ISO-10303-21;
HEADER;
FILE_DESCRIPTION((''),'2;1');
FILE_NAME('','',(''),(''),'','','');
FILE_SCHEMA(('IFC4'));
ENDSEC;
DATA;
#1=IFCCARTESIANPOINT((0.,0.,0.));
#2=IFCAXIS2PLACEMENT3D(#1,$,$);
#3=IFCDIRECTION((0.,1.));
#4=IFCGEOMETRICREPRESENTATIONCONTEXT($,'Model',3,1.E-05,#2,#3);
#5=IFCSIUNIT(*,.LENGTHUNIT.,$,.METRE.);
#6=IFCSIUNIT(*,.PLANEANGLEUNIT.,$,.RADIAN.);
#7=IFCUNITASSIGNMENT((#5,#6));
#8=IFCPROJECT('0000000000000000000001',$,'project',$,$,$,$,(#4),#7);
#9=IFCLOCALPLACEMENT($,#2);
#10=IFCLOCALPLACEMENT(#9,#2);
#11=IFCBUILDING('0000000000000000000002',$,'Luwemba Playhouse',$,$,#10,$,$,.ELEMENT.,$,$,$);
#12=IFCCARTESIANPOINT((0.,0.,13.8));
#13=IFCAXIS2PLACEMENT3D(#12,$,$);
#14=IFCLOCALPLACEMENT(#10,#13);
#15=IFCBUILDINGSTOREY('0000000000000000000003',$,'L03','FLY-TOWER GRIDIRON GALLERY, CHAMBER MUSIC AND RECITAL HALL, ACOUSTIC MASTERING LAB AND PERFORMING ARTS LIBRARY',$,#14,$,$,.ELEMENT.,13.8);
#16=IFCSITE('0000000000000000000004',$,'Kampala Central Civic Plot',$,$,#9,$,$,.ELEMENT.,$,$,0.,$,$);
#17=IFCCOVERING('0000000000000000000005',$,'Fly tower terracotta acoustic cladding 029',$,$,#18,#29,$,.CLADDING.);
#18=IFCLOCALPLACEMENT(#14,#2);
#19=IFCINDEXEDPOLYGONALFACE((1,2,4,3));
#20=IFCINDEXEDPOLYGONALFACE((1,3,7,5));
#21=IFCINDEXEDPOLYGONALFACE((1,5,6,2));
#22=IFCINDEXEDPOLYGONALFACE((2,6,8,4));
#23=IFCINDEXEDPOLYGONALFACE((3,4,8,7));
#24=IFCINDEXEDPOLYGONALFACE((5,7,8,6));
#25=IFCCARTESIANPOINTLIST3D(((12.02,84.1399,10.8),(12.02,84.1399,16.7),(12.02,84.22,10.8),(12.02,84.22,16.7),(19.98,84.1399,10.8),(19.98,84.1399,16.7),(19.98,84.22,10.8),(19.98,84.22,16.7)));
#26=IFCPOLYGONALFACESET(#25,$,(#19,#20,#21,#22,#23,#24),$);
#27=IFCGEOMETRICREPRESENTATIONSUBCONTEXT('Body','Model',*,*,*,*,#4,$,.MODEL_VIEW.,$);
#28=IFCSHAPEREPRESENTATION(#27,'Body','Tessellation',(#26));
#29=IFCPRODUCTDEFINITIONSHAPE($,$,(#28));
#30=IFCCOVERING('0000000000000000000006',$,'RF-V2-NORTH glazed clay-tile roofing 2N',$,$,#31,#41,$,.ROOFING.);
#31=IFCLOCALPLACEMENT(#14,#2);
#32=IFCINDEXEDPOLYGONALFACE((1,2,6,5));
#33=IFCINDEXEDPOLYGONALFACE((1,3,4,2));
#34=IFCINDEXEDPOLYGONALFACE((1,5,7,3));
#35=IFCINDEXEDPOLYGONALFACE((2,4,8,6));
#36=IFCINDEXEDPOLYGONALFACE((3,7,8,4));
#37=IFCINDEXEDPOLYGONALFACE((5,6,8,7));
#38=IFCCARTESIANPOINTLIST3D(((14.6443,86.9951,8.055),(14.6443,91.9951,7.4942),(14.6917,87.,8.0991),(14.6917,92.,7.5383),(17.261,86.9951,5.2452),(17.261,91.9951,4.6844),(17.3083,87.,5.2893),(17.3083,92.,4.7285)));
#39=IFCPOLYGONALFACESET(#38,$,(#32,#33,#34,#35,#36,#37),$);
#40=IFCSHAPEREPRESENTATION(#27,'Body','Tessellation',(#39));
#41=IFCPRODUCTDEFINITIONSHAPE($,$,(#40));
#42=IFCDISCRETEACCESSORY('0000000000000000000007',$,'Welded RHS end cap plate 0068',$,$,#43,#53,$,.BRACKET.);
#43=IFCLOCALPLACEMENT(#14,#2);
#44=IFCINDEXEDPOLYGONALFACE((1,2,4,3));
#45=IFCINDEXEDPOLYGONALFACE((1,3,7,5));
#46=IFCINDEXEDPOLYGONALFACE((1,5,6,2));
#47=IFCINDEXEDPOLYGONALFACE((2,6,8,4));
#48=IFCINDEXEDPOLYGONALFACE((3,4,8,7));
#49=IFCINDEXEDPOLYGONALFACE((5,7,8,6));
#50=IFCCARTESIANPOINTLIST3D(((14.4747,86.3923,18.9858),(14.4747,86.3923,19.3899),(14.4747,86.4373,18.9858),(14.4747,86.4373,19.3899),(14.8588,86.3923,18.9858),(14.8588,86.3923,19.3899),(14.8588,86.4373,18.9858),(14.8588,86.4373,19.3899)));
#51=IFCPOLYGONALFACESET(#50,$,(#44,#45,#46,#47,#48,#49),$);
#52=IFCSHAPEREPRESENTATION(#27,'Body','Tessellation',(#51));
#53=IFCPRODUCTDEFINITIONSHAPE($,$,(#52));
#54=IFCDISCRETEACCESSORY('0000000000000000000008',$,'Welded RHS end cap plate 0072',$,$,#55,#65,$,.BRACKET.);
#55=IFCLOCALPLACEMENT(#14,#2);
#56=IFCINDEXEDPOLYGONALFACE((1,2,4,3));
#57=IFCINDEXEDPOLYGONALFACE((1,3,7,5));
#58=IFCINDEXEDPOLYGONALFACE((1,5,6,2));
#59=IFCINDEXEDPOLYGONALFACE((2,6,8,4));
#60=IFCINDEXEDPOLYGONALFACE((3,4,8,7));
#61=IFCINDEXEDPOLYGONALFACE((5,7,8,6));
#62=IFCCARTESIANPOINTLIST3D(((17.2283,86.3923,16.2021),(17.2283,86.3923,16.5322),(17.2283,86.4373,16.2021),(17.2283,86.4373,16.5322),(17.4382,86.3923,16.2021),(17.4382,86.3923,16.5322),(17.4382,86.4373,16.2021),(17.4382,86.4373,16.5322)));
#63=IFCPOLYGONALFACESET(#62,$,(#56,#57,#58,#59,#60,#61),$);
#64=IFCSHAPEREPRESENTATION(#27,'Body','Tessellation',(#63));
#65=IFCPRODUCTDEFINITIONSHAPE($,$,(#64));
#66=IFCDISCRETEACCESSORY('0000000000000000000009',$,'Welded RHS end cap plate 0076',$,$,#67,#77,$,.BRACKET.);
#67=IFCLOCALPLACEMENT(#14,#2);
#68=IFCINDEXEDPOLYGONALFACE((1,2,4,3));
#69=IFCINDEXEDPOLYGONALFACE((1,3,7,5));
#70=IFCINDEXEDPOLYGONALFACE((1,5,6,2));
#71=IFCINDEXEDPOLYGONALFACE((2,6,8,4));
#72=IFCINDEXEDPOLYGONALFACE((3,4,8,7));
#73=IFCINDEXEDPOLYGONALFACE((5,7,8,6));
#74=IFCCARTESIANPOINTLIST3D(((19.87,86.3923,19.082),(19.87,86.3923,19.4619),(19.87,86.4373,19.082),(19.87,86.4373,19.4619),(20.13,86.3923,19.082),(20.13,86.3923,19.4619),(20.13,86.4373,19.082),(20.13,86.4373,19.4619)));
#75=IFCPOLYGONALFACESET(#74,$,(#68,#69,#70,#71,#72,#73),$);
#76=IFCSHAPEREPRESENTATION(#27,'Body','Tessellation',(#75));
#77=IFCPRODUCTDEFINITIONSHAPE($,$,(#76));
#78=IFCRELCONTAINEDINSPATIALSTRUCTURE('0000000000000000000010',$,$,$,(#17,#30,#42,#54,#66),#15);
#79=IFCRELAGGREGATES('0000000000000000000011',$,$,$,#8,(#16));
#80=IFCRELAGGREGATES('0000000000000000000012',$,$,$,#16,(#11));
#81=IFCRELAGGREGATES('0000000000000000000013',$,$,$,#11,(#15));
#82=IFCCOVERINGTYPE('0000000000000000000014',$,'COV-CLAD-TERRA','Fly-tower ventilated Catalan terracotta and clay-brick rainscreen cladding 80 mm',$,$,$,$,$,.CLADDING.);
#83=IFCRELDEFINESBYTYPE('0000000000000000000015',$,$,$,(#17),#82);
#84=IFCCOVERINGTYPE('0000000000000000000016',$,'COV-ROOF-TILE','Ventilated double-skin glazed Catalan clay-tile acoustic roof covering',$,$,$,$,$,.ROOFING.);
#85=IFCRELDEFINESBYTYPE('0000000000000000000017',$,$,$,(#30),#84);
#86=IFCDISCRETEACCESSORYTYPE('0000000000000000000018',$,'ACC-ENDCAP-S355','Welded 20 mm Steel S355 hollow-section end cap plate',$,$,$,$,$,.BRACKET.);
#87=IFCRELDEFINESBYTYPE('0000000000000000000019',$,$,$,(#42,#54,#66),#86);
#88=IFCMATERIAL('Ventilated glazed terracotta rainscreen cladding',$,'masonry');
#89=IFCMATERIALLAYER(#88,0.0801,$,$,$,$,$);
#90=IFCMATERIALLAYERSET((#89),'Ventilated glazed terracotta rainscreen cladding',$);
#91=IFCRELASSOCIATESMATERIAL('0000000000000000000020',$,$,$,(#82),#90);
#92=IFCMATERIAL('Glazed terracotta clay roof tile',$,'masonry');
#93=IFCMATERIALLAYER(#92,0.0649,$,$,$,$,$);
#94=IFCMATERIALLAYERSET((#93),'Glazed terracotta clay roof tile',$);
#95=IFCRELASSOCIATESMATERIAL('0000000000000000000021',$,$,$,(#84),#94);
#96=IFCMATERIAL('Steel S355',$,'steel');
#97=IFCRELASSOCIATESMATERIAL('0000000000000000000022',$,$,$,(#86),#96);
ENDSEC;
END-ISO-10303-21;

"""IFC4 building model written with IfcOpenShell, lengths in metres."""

from ifc_helpers import new_model, si_unit, direction, frame, origin, origin_2d, place, context, subcontext, project, spatial, polyline, rectangle, outline, extrude, material, layer, layer_set, type_object, element, save


model = new_model("IFC4")

# Units and contexts
model_context = context("Model", 3, precision=1e-05, world=origin(), true_north=direction((0.0, 1.0)))
body_context = subcontext(model_context, "Body", "Model", "MODEL_VIEW")
ifc_project = project(units=[si_unit("LENGTHUNIT", "METRE"), si_unit("PLANEANGLEUNIT", "RADIAN")], contexts=[model_context])

# Site, building, storey
site_placement = place(None, origin())
site = spatial("IfcSite", under=ifc_project, at=site_placement, Name="Kampala Central Civic Plot", CompositionType="ELEMENT", RefElevation=0.0)
building_placement = place(site_placement, origin())
building = spatial("IfcBuilding", under=site, at=building_placement, Name="Luwemba Playhouse", CompositionType="ELEMENT")
storey_placement = place(building_placement, frame((0.0, 0.0, 13.8)))
storey = spatial("IfcBuildingStorey", under=building, at=storey_placement, Name="L03", Description="FLY-TOWER GRIDIRON GALLERY, CHAMBER MUSIC AND RECITAL HALL, ACOUSTIC MASTERING LAB AND PERFORMING ARTS LIBRARY", CompositionType="ELEMENT", Elevation=13.8)

# Shared definitions
ifc_material_1 = material(Name="Steel S355", Category="steel")

# Coverings
ifc_material_2 = material(Name="Ventilated glazed terracotta rainscreen cladding", Category="masonry")
ifc_layer_1 = layer(ifc_material_2, 0.0801)
ifc_layer_set_1 = layer_set([ifc_layer_1], Name="Ventilated glazed terracotta rainscreen cladding")
covering_type_1 = type_object("IfcCoveringType", Name="COV-CLAD-TERRA", Description="Fly-tower ventilated Catalan terracotta and clay-brick rainscreen cladding 80 mm", PredefinedType="CLADDING", material=ifc_layer_set_1)
covering_1_placement = place(storey_placement, frame((16.0, 84.1799, 10.8), z_axis=(0.0, 0.0, 1.0), x_axis=(1.0, 0.0, 0.0)))
element("IfcCovering", 1, at=covering_1_placement, inside=storey, type_object=covering_type_1, Name="Fly tower terracotta acoustic cladding 029", PredefinedType="CLADDING", context=body_context, shape_type="SweptSolid", body=[
    extrude(rectangle(XDim=7.96, YDim=0.0801, at=origin_2d()), origin(), (0.0, 0.0, 1.0), 5.8999),
])
ifc_material_3 = material(Name="Glazed terracotta clay roof tile", Category="masonry")
ifc_layer_2 = layer(ifc_material_3, 0.0649)
ifc_layer_set_2 = layer_set([ifc_layer_2], Name="Glazed terracotta clay roof tile")
covering_type_2 = type_object("IfcCoveringType", Name="COV-ROOF-TILE", Description="Ventilated double-skin glazed Catalan clay-tile acoustic roof covering", PredefinedType="ROOFING", material=ifc_layer_set_2)
covering_2_placement = place(storey_placement, frame((14.6917, 87.0, 8.0991), z_axis=(0.729679, 0.076215, 0.679529), x_axis=(0.681511, 0.0, -0.731808)))
element("IfcCovering", 2, at=covering_2_placement, inside=storey, type_object=covering_type_2, Name="RF-V2-NORTH glazed clay-tile roofing 2N", PredefinedType="ROOFING", context=body_context, shape_type="SweptSolid", body=[
    extrude(outline(polyline([(0.0, 0.0), (3.8396, 0.0), (4.2499, 5.0146), (0.4104, 5.0146), (0.0, 0.0)])), origin(), (0.0, 0.0, -1.0), 0.0649),
])

# Discrete accessories
discrete_accessory_type = type_object("IfcDiscreteAccessoryType", Name="ACC-ENDCAP-S355", Description="Welded 20 mm Steel S355 hollow-section end cap plate", PredefinedType="BRACKET", material=ifc_material_1)
discrete_accessory_1_placement = place(storey_placement, frame((14.6667, 86.4148, 18.9858), z_axis=(0.0, 0.0, 1.0), x_axis=(1.0, 0.0, 0.0)))
element("IfcDiscreteAccessory", 3, at=discrete_accessory_1_placement, inside=storey, type_object=discrete_accessory_type, Name="Welded RHS end cap plate 0068", PredefinedType="BRACKET", context=body_context, shape_type="SweptSolid", body=[
    extrude(rectangle(XDim=0.384, YDim=0.0449, at=origin_2d()), origin(), (0.0, 0.0, 1.0), 0.4041),
])
discrete_accessory_2_placement = place(storey_placement, frame((17.3333, 86.4148, 16.2021), z_axis=(0.0, 0.0, 1.0), x_axis=(1.0, 0.0, 0.0)))
element("IfcDiscreteAccessory", 4, at=discrete_accessory_2_placement, inside=storey, type_object=discrete_accessory_type, Name="Welded RHS end cap plate 0072", PredefinedType="BRACKET", context=body_context, shape_type="SweptSolid", body=[
    extrude(rectangle(XDim=0.21, YDim=0.0449, at=origin_2d()), origin(), (0.0, 0.0, 1.0), 0.3301),
])
discrete_accessory_3_placement = place(storey_placement, frame((20.0, 86.4148, 19.082), z_axis=(0.0, 0.0, 1.0), x_axis=(1.0, 0.0, 0.0)))
element("IfcDiscreteAccessory", 5, at=discrete_accessory_3_placement, inside=storey, type_object=discrete_accessory_type, Name="Welded RHS end cap plate 0076", PredefinedType="BRACKET", context=body_context, shape_type="SweptSolid", body=[
    extrude(rectangle(XDim=0.26, YDim=0.0449, at=origin_2d()), origin(), (0.0, 0.0, 1.0), 0.3799),
])

save(model, "model.ifc")
